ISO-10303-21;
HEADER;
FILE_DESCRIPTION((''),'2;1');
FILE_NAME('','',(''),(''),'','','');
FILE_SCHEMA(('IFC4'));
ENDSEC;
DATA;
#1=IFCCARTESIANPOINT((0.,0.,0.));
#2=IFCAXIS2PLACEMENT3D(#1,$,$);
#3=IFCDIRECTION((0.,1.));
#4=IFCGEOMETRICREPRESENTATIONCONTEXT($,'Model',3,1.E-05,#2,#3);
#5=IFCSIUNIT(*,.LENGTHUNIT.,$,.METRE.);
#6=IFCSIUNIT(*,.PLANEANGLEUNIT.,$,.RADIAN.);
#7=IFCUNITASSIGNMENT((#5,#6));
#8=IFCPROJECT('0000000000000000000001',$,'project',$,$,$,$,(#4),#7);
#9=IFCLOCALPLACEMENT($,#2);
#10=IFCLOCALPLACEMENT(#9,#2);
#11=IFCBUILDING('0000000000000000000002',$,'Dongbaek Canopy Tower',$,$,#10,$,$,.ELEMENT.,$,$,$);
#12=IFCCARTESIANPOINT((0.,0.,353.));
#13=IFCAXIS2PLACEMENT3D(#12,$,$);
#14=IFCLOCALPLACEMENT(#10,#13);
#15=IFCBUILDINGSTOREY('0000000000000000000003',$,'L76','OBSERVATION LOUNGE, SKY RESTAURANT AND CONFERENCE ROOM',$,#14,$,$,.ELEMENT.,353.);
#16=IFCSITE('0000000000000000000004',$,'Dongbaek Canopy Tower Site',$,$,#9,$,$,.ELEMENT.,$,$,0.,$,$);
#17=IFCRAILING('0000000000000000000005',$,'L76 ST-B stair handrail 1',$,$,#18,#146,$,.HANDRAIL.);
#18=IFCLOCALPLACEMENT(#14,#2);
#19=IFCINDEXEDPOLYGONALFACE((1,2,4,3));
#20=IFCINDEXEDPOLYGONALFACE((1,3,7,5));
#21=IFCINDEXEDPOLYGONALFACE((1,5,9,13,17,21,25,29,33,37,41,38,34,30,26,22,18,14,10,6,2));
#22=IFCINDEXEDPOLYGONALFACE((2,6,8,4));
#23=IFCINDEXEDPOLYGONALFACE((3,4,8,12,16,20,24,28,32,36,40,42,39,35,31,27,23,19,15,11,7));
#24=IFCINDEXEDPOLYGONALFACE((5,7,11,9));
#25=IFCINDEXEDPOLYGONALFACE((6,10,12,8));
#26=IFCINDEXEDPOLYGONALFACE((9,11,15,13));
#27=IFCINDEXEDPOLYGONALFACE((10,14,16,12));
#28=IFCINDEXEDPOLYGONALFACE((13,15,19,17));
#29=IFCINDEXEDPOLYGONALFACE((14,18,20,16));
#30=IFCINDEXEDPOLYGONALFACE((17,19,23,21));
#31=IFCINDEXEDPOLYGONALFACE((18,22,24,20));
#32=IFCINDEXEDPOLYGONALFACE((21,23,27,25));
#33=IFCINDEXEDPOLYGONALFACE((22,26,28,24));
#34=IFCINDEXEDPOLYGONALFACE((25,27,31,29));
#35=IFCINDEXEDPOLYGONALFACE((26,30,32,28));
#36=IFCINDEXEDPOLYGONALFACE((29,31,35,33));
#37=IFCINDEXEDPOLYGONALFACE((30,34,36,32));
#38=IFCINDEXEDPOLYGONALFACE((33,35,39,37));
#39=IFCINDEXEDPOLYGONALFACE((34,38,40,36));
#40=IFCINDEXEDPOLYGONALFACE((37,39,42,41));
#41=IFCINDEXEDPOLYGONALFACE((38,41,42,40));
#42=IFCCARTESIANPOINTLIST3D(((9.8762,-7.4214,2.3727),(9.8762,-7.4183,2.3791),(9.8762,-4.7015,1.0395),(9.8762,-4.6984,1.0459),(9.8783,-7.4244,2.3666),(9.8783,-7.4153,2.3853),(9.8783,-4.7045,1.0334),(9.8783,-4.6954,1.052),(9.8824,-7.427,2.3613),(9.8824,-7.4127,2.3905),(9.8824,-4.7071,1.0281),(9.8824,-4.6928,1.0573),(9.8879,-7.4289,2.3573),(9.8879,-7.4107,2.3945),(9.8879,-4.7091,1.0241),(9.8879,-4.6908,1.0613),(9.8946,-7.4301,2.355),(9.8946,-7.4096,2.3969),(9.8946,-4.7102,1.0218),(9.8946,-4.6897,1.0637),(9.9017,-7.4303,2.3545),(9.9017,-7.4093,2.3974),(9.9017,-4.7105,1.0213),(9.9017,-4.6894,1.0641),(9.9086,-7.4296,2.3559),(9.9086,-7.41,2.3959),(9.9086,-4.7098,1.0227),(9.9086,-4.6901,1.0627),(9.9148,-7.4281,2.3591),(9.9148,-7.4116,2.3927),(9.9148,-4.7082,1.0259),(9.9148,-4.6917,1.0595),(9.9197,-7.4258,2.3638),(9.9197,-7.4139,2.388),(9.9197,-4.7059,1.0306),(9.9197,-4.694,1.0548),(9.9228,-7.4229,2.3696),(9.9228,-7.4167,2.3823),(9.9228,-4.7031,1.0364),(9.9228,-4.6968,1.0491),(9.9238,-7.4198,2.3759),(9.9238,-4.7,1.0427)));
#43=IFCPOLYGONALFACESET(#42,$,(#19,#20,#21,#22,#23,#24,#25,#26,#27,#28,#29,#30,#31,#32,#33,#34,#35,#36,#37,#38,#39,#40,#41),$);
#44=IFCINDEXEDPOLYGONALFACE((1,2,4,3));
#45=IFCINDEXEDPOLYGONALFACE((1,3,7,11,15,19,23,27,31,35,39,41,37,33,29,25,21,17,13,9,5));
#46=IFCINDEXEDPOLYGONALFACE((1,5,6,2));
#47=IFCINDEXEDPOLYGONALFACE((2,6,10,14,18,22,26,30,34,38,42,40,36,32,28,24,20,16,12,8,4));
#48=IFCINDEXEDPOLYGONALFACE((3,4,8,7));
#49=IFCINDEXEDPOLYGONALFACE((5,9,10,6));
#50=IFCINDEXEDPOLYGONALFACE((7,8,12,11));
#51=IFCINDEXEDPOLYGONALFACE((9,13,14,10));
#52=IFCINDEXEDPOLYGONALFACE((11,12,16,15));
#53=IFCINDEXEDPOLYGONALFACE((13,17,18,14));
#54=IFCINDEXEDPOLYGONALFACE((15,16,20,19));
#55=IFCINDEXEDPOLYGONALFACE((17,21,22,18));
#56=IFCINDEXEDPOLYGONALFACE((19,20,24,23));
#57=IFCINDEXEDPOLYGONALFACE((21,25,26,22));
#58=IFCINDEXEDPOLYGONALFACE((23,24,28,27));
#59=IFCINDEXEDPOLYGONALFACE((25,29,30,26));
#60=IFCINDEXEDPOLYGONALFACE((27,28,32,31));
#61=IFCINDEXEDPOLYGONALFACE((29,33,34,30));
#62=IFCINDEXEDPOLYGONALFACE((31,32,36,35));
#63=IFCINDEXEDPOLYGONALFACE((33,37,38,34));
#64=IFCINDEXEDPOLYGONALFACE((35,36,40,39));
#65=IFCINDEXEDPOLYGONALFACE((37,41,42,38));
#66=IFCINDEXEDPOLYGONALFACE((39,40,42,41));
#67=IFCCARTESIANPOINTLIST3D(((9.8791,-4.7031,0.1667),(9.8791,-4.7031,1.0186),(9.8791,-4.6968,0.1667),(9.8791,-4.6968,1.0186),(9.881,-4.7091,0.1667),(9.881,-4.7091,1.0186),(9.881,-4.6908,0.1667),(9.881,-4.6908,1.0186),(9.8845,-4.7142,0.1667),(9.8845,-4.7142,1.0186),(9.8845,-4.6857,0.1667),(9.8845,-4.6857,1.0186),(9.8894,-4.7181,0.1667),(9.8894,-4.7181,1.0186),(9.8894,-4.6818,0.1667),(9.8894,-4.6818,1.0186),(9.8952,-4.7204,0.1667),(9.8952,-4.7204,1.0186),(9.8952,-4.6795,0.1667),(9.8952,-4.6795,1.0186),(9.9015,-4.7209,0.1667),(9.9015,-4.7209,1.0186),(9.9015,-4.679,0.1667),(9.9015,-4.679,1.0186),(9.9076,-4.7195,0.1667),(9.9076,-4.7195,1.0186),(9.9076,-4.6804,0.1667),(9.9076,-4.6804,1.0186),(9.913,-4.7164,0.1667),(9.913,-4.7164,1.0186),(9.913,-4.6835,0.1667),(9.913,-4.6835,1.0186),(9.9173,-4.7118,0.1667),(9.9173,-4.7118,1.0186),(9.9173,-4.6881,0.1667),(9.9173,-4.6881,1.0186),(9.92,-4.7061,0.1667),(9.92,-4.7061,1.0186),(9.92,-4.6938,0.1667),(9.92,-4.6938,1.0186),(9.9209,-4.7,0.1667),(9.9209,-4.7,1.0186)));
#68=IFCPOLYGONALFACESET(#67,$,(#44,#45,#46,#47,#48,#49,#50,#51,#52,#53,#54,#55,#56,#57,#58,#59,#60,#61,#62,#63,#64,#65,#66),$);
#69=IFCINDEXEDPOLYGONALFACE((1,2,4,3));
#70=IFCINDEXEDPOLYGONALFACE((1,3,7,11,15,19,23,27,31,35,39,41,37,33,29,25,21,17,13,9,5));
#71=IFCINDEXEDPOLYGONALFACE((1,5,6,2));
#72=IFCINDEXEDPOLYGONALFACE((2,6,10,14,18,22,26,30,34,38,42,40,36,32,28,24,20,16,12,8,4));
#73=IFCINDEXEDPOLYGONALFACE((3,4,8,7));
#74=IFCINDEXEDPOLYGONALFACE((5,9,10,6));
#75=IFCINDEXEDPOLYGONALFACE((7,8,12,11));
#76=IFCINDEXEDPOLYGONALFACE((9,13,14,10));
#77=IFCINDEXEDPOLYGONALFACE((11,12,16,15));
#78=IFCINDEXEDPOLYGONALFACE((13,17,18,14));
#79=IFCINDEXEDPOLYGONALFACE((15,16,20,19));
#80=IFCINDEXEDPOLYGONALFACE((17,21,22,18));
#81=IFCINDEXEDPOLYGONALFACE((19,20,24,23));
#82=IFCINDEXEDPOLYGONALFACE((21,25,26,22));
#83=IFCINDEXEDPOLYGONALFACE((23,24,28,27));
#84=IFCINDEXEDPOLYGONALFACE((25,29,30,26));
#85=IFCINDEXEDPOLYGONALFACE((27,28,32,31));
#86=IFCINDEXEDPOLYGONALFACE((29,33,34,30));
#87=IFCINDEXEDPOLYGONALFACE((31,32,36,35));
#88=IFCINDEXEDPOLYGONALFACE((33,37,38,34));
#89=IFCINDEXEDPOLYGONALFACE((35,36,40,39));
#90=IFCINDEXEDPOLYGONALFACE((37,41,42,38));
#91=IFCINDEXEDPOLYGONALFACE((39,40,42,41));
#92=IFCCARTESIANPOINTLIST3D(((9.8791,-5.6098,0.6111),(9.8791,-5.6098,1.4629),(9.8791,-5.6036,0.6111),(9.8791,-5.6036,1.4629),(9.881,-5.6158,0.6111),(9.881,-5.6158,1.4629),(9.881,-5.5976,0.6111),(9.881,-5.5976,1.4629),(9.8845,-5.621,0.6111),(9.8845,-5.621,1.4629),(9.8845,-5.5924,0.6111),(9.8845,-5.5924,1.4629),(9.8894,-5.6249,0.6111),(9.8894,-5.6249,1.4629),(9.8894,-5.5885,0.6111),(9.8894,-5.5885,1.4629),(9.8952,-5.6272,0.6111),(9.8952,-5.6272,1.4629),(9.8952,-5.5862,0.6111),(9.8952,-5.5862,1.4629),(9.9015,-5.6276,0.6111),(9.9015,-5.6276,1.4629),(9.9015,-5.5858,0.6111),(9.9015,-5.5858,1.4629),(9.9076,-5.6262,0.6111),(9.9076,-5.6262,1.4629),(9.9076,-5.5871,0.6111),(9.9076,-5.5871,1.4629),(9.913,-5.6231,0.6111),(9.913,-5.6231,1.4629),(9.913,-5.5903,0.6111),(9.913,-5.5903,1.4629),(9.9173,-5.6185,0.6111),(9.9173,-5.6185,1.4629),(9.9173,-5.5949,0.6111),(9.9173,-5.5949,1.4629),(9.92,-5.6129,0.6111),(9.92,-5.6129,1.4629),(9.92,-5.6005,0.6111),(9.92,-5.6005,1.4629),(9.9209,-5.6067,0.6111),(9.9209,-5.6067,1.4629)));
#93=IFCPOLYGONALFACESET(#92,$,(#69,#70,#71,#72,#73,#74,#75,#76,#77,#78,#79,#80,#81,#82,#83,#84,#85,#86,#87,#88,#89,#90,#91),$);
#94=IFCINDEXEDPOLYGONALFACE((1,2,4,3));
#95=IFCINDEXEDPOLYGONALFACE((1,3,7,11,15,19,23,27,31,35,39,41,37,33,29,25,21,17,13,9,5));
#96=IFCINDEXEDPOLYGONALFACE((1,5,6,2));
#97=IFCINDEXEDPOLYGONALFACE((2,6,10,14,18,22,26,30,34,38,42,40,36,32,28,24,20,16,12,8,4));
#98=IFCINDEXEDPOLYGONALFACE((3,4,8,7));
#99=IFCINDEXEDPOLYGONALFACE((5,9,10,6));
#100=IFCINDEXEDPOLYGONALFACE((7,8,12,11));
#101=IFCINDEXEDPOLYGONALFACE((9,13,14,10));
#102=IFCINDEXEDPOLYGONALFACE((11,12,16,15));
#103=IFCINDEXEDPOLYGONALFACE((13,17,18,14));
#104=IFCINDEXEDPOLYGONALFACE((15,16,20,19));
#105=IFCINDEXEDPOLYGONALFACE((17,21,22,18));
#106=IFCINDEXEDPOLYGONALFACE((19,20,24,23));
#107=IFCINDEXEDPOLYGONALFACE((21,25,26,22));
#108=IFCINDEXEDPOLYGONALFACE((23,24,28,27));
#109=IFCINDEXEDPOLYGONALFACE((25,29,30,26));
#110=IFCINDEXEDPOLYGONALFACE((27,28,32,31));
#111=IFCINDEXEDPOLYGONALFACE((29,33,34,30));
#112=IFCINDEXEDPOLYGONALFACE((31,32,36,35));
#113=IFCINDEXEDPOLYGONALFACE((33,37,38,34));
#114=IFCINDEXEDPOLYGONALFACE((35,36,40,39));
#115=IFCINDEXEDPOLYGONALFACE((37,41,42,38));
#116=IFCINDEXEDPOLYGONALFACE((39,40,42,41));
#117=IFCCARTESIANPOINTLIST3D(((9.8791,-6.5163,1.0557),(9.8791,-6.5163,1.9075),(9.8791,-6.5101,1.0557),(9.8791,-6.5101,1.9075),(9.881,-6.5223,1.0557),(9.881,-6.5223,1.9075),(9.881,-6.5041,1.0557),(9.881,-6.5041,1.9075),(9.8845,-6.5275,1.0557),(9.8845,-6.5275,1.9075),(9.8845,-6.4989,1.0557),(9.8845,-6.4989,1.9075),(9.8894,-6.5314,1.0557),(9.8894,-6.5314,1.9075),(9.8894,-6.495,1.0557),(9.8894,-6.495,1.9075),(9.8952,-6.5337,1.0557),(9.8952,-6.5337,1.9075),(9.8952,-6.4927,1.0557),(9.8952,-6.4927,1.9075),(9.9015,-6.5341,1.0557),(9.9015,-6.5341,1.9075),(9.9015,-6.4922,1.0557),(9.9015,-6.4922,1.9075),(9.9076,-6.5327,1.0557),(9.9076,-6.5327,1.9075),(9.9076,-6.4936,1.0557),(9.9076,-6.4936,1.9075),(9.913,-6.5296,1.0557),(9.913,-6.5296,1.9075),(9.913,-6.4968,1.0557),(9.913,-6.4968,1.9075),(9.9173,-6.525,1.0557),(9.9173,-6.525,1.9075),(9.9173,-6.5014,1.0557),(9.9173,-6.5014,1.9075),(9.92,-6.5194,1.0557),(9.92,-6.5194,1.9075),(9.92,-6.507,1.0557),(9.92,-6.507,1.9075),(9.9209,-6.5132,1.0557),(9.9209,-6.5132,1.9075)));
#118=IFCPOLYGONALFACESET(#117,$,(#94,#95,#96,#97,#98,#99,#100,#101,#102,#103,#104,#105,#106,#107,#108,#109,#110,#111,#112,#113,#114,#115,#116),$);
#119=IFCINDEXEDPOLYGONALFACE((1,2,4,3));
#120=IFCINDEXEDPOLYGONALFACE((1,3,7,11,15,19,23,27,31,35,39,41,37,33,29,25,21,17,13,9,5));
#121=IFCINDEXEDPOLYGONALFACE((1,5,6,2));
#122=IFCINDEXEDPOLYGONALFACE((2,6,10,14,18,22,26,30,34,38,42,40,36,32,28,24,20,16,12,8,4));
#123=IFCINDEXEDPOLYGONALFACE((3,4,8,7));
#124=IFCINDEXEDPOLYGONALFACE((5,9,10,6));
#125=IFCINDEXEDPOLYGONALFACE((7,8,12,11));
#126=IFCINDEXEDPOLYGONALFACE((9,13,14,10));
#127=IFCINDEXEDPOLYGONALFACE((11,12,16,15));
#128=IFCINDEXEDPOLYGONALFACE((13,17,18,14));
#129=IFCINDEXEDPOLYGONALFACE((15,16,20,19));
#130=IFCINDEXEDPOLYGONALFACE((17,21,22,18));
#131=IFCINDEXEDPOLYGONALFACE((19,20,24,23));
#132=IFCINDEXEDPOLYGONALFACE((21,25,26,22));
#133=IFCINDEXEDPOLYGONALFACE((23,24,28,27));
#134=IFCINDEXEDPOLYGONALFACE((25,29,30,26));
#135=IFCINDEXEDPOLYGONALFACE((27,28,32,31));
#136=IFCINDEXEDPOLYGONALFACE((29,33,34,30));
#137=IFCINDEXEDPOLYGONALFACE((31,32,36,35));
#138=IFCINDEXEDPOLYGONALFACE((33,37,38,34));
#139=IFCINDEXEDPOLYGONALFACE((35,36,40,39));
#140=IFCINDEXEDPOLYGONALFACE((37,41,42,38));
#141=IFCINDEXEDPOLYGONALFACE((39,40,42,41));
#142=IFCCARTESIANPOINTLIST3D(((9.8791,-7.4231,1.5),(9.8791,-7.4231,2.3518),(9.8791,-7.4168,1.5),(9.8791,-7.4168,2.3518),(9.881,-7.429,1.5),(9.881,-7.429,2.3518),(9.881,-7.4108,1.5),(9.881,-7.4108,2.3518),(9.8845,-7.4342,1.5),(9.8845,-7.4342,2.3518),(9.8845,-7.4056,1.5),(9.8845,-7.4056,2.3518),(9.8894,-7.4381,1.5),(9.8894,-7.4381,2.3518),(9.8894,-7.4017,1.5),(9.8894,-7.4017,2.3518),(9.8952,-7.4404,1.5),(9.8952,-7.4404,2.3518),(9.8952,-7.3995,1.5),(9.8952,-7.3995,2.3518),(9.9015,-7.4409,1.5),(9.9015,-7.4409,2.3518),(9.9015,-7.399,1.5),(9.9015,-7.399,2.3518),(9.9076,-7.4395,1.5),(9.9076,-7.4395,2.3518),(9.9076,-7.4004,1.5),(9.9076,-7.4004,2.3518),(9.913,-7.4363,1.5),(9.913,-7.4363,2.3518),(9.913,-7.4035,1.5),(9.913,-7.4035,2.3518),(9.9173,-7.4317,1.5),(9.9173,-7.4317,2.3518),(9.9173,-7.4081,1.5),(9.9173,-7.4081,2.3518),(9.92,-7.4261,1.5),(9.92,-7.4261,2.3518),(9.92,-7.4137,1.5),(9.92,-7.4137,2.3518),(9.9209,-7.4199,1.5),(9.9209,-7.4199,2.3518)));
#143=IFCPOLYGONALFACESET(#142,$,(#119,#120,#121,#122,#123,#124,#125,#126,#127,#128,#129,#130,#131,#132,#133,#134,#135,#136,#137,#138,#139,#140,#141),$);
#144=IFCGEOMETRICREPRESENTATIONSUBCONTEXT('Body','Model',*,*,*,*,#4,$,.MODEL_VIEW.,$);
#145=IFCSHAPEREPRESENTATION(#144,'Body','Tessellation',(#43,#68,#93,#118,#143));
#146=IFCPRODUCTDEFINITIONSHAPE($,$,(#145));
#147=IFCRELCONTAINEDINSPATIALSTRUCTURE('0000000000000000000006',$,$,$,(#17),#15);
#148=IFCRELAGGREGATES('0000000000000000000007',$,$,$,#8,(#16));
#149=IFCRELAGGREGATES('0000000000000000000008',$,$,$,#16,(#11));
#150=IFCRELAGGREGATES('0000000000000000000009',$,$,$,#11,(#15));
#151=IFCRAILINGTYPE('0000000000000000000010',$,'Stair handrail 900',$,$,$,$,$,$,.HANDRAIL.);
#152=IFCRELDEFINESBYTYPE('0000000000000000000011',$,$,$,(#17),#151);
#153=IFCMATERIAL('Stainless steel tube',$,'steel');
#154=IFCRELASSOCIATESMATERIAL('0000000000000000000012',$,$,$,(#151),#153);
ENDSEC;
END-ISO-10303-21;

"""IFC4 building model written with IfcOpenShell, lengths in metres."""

from ifc_helpers import new_model, si_unit, direction, frame, origin, origin_2d, place, context, subcontext, project, spatial, circle, extrude, material, type_object, element, save


model = new_model("IFC4")

# Units and contexts
model_context = context("Model", 3, precision=1e-05, world=origin(), true_north=direction((0.0, 1.0)))
body_context = subcontext(model_context, "Body", "Model", "MODEL_VIEW")
ifc_project = project(units=[si_unit("LENGTHUNIT", "METRE"), si_unit("PLANEANGLEUNIT", "RADIAN")], contexts=[model_context])

# Site, building, storey
site_placement = place(None, origin())
site = spatial("IfcSite", under=ifc_project, at=site_placement, Name="Dongbaek Canopy Tower Site", CompositionType="ELEMENT", RefElevation=0.0)
building_placement = place(site_placement, origin())
building = spatial("IfcBuilding", under=site, at=building_placement, Name="Dongbaek Canopy Tower", CompositionType="ELEMENT")
storey_placement = place(building_placement, frame((0.0, 0.0, 353.0)))
storey = spatial("IfcBuildingStorey", under=building, at=storey_placement, Name="L76", Description="OBSERVATION LOUNGE, SKY RESTAURANT AND CONFERENCE ROOM", CompositionType="ELEMENT", Elevation=353.0)

# Railing
ifc_material_1 = material(Name="Stainless steel tube", Category="steel")
railing_type_1 = type_object("IfcRailingType", Name="Stair handrail 900", PredefinedType="HANDRAIL", material=ifc_material_1)
for number, where, name in (
    (1, (9.8999, -4.7, 0.1667), "L76 ST-B stair handrail 1"),
):
    element("IfcRailing", number, at=place(storey_placement, frame(where)), inside=storey, type_object=railing_type_1, Name=name, PredefinedType="HANDRAIL", context=body_context, shape_type="SweptSolid", body=[
        extrude(circle(Radius=0.0239, at=origin_2d()), frame((0.0, 0.0, 0.876), z_axis=(0.0, -0.897929, 0.440139), x_axis=(1.0, 0.0, 0.0)), (0.0, 0.0, 1.0), 3.0291),
        extrude(circle(Radius=0.021, at=origin_2d()), origin(), (0.0, 0.0, 1.0), 0.8518),
        extrude(circle(Radius=0.021, at=origin_2d()), frame((0.0, -0.9067, 0.4443)), (0.0, 0.0, 1.0), 0.8518),
        extrude(circle(Radius=0.021, at=origin_2d()), frame((0.0, -1.8132, 0.8889)), (0.0, 0.0, 1.0), 0.8518),
        extrude(circle(Radius=0.021, at=origin_2d()), frame((0.0, -2.72, 1.3333)), (0.0, 0.0, 1.0), 0.8518),
    ])

save(model, "model.ifc")
